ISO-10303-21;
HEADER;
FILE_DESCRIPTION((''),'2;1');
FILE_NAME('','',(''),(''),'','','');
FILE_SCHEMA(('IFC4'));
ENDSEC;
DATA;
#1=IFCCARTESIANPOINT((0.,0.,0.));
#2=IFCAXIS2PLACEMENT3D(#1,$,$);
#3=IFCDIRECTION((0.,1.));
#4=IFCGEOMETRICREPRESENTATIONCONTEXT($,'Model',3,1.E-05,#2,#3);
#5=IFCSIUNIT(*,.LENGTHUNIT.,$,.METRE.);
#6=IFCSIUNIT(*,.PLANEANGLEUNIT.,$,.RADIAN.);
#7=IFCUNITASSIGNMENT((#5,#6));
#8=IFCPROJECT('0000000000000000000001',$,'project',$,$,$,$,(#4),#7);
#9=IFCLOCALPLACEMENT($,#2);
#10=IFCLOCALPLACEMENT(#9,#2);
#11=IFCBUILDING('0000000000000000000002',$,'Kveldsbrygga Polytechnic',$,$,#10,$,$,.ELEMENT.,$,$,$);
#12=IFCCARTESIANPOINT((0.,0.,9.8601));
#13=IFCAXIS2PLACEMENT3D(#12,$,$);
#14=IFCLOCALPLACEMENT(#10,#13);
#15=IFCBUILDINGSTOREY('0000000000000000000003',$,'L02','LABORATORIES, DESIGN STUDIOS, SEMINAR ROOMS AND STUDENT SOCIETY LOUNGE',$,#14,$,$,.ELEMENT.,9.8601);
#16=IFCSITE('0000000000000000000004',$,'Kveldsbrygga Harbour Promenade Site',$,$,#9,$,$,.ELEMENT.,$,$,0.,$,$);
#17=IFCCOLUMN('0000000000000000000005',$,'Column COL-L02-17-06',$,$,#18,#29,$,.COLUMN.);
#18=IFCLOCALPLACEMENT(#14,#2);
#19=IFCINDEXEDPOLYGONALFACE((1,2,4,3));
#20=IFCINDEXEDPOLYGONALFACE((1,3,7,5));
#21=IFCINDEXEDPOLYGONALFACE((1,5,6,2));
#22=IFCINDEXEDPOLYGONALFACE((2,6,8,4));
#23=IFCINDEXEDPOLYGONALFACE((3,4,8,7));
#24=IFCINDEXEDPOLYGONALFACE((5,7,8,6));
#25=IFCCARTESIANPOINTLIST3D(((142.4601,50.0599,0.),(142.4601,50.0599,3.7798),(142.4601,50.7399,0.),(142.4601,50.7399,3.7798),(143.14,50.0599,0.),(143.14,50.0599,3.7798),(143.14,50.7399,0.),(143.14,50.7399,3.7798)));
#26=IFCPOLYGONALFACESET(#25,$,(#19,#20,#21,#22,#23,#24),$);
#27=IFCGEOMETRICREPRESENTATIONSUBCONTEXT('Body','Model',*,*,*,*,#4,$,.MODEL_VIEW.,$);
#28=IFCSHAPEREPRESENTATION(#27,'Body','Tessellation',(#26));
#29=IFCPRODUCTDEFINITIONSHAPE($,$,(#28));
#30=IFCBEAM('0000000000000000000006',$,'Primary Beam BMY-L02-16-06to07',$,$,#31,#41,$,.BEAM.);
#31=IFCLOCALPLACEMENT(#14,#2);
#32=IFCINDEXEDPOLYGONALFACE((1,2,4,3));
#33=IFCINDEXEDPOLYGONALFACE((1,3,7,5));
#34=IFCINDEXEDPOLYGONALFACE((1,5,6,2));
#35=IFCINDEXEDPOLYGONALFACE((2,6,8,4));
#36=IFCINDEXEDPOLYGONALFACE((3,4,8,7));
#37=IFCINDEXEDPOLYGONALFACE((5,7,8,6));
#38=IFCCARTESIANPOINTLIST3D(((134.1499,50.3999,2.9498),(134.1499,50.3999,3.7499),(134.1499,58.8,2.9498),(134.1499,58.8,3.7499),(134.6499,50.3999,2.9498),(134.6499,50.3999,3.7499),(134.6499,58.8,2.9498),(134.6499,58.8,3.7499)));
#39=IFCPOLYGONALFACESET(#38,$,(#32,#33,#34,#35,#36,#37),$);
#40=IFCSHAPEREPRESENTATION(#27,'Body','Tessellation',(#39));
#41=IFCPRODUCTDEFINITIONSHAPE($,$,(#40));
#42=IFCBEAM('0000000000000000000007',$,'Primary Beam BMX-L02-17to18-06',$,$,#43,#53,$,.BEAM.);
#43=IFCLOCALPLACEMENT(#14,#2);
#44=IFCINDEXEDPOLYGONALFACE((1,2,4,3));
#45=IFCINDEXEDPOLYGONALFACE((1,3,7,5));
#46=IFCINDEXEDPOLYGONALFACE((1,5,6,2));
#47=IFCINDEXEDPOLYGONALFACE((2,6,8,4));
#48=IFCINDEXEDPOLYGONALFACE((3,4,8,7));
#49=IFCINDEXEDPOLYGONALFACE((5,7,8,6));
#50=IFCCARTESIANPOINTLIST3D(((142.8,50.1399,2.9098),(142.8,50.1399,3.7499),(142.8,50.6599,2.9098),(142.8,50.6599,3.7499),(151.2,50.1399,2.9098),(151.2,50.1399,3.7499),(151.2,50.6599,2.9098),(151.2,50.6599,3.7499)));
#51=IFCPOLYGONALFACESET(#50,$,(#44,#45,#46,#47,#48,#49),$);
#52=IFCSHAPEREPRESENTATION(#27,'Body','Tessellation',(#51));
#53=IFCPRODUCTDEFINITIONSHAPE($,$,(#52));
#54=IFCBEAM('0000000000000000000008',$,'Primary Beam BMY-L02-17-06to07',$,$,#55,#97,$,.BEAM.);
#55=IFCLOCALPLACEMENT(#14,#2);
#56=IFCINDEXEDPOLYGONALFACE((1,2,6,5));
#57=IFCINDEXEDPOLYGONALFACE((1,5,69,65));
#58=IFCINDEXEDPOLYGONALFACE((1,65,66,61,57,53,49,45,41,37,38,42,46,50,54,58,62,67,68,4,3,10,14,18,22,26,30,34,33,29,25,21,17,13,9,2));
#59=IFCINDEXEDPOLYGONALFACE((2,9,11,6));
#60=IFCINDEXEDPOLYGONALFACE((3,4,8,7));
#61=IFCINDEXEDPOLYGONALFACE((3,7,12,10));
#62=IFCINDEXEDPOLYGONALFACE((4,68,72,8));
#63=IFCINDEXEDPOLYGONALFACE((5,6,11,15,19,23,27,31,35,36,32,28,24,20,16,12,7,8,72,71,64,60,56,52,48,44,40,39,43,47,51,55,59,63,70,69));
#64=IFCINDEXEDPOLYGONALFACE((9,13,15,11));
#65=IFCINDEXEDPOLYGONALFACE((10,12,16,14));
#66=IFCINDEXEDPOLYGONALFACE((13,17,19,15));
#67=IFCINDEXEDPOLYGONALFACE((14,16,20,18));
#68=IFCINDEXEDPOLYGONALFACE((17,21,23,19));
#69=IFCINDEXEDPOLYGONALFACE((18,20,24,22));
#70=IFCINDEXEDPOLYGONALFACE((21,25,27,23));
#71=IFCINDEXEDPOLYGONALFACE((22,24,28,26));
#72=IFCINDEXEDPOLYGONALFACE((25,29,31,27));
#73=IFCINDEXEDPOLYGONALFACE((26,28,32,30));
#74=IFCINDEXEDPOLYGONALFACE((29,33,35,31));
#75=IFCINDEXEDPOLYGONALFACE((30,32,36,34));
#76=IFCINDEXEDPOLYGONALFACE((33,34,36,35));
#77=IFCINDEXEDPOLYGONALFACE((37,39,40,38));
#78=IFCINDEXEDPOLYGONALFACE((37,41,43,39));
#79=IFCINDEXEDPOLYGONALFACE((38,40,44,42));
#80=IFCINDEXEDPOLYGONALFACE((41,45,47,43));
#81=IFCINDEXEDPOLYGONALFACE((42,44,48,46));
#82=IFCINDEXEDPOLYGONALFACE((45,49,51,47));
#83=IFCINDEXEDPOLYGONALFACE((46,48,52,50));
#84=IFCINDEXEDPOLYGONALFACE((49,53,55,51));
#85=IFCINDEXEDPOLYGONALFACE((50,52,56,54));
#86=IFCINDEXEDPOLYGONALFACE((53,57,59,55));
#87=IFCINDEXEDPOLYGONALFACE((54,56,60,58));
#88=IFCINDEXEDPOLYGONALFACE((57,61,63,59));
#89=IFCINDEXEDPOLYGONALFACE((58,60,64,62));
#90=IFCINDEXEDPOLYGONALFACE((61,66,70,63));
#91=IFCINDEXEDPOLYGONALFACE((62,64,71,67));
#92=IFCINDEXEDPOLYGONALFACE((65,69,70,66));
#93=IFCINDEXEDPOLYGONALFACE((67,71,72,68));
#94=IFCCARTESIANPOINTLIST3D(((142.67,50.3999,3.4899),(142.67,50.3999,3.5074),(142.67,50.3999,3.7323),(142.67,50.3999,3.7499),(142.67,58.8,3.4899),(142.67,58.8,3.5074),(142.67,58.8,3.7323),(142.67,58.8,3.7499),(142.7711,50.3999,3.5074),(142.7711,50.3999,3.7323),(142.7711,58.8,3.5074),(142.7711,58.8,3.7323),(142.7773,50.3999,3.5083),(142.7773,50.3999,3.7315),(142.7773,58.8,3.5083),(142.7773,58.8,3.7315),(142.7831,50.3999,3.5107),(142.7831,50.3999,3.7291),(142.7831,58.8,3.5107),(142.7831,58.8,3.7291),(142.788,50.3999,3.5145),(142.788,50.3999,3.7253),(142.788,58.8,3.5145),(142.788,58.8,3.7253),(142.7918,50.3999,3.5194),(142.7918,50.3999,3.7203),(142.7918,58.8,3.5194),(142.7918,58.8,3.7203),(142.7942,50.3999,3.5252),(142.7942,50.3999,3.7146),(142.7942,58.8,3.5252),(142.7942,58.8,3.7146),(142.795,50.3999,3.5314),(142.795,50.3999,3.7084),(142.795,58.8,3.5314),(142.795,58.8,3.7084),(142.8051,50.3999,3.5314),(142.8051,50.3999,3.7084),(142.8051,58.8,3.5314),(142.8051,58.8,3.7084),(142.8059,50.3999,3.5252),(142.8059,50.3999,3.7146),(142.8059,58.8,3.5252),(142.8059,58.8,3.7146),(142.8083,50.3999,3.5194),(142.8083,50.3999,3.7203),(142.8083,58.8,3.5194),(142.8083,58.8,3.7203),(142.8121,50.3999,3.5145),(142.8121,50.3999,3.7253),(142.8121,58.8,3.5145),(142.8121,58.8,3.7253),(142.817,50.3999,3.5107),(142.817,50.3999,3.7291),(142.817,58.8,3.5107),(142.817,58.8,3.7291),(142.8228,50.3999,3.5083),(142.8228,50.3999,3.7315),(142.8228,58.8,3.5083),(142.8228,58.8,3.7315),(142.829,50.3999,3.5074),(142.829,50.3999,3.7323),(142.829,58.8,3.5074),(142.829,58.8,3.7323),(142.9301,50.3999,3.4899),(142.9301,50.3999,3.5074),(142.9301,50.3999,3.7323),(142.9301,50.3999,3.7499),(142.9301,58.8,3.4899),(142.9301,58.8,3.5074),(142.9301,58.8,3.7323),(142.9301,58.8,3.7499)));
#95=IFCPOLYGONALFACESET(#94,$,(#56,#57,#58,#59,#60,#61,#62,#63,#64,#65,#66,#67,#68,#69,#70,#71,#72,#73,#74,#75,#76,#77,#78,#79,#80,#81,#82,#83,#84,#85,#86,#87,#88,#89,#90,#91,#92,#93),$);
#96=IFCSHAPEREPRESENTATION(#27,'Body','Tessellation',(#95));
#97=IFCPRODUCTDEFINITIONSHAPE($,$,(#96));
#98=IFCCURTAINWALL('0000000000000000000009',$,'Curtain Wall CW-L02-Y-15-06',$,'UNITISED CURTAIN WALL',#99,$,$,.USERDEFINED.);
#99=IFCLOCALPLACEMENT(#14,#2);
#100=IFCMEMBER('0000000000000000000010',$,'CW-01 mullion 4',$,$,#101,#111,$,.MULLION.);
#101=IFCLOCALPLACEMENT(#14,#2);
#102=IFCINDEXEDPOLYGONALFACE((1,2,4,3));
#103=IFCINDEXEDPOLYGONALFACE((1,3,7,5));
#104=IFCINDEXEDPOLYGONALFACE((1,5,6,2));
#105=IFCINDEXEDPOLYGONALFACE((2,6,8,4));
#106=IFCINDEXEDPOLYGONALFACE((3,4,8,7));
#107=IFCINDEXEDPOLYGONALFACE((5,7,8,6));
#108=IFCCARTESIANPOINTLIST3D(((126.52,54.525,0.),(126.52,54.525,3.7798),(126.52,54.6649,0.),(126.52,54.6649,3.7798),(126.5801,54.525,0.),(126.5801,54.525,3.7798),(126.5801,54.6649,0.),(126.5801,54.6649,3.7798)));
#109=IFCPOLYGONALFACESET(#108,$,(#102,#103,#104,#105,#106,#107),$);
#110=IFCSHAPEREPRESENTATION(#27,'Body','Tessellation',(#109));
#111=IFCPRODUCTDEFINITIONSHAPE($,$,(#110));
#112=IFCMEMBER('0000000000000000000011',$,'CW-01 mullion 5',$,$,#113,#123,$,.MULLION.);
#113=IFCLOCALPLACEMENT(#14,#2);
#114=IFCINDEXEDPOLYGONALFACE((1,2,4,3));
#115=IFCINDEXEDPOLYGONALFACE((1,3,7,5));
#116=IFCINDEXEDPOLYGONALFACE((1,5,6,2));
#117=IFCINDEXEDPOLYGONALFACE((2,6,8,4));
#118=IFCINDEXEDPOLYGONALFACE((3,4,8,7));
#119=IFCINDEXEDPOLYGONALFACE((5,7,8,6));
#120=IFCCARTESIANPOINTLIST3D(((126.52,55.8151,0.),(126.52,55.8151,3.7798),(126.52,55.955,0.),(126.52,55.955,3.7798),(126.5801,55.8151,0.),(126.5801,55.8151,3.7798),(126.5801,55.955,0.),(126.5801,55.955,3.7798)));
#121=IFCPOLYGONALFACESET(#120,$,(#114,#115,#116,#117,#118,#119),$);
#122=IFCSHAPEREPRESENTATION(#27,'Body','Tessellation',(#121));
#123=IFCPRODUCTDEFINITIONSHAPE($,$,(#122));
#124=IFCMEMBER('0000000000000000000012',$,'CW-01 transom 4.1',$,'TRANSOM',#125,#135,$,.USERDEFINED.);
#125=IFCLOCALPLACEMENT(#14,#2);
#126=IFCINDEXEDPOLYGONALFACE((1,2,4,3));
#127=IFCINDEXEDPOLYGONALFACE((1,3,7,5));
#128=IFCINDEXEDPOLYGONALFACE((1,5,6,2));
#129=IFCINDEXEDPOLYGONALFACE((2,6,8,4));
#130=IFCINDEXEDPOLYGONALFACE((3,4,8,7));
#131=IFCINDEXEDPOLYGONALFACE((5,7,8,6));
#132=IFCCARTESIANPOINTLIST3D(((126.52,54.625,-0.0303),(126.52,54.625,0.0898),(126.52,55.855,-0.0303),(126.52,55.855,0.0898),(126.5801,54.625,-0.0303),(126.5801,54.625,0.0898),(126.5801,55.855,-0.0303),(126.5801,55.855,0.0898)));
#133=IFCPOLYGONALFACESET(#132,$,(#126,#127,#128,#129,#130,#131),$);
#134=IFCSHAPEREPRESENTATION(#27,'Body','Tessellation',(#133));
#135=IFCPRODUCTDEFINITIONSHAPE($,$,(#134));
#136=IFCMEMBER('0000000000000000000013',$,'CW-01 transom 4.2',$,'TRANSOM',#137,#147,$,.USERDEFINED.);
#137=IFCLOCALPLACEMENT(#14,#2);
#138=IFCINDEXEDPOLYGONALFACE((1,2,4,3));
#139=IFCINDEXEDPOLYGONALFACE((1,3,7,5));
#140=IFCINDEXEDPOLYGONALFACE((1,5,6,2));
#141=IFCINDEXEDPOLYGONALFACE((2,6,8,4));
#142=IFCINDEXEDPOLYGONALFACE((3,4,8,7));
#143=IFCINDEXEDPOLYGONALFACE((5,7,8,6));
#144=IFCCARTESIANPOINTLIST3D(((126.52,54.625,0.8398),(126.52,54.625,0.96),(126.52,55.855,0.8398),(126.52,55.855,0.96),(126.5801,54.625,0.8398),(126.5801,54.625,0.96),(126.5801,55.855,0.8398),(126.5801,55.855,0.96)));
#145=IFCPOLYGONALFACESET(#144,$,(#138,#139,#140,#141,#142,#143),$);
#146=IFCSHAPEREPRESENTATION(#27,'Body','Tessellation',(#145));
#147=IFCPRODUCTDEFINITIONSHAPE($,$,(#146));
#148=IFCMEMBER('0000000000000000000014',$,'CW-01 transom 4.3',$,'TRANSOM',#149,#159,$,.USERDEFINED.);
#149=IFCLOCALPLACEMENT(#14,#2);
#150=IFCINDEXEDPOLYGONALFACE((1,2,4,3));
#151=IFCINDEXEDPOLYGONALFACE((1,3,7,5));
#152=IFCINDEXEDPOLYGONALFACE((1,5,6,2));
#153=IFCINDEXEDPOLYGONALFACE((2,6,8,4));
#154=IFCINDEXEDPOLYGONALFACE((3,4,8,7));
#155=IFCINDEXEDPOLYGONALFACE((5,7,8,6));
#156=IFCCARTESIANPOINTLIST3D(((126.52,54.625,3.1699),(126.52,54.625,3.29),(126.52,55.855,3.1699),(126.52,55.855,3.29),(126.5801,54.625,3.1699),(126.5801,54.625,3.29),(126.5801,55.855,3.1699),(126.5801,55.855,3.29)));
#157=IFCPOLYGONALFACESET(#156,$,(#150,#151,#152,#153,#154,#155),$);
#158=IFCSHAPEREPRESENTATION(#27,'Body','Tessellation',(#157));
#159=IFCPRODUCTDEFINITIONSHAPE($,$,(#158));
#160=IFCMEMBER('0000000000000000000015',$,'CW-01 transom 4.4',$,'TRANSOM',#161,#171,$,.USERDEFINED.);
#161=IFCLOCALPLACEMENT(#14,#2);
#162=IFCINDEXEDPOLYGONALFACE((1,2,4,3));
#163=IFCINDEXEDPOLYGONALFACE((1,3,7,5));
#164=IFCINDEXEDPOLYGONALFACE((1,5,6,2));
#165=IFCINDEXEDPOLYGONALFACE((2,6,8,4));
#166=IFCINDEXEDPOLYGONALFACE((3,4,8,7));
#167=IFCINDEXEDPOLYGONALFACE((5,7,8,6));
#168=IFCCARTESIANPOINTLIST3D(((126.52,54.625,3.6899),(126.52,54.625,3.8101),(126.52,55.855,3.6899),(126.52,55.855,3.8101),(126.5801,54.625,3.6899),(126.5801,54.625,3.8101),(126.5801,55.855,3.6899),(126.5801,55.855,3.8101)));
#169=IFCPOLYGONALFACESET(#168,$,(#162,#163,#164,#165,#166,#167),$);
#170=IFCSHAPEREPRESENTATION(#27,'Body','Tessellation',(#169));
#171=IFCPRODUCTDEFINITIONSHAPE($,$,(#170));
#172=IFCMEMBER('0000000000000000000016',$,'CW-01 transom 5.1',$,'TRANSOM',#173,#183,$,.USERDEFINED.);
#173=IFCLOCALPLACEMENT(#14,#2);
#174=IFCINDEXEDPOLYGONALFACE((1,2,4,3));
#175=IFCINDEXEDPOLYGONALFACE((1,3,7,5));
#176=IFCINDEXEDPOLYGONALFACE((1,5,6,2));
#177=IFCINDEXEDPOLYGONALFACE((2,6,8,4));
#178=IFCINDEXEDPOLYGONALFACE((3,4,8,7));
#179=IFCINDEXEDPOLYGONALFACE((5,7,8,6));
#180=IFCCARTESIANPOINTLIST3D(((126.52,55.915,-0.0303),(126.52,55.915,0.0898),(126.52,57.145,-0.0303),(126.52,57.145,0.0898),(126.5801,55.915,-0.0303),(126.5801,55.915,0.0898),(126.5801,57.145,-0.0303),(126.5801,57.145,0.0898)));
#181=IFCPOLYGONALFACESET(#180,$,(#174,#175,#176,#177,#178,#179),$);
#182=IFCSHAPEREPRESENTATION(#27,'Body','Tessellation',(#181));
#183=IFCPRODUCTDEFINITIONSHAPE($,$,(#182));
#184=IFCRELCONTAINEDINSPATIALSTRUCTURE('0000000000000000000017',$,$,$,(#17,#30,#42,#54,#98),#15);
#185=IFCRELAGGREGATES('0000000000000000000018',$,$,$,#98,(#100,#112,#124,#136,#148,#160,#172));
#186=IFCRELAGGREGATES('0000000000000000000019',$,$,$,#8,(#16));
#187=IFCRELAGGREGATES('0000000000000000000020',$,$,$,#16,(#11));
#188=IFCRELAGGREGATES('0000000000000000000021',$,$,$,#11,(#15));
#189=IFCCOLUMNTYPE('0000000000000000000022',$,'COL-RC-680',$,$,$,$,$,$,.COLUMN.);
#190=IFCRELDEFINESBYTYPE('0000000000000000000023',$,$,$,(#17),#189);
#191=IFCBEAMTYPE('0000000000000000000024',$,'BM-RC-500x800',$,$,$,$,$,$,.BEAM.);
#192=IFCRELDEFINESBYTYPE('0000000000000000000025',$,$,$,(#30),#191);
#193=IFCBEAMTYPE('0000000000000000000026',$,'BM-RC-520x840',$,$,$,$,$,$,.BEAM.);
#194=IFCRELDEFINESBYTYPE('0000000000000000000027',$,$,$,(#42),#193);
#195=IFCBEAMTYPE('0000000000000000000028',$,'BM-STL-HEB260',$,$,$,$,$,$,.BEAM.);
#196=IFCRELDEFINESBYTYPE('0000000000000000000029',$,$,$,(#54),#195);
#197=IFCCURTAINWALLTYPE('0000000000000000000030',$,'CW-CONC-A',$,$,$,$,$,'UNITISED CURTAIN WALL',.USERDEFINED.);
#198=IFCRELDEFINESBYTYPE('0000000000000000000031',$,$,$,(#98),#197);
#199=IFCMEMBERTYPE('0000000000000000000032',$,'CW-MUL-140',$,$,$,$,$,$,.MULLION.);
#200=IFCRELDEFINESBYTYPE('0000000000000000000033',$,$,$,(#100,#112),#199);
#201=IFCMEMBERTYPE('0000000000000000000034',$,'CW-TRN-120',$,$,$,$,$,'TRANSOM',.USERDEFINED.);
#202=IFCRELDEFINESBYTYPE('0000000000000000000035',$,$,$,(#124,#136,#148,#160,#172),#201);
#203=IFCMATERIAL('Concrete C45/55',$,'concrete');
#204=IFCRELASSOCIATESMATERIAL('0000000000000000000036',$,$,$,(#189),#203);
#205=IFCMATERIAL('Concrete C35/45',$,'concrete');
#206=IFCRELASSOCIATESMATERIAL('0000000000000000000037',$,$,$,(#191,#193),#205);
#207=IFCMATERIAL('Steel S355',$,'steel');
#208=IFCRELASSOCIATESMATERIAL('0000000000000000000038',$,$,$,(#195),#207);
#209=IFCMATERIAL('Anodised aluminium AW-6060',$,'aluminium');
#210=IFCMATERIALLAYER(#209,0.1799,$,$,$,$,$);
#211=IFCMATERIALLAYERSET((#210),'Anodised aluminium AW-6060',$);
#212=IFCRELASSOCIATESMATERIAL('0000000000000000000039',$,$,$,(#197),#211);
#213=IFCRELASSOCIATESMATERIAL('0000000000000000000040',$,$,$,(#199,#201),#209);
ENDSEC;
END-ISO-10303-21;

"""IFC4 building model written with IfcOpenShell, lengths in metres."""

from ifc_helpers import new_model, si_unit, direction, frame, origin, origin_2d, place, context, subcontext, project, spatial, rectangle, i_section, extrude, material, layer, layer_set, material_profile, profile_set, type_object, element, aggregate, save


model = new_model("IFC4")

# Units and contexts
model_context = context("Model", 3, precision=1e-05, world=origin(), true_north=direction((0.0, 1.0)))
body_context = subcontext(model_context, "Body", "Model", "MODEL_VIEW")
ifc_project = project(units=[si_unit("LENGTHUNIT", "METRE"), si_unit("PLANEANGLEUNIT", "RADIAN")], contexts=[model_context])

# Site, building, storey
site_placement = place(None, origin())
site = spatial("IfcSite", under=ifc_project, at=site_placement, Name="Kveldsbrygga Harbour Promenade Site", CompositionType="ELEMENT", RefElevation=0.0)
building_placement = place(site_placement, origin())
building = spatial("IfcBuilding", under=site, at=building_placement, Name="Kveldsbrygga Polytechnic", CompositionType="ELEMENT")
storey_placement = place(building_placement, frame((0.0, 0.0, 9.8601)))
storey = spatial("IfcBuildingStorey", under=building, at=storey_placement, Name="L02", Description="LABORATORIES, DESIGN STUDIOS, SEMINAR ROOMS AND STUDENT SOCIETY LOUNGE", CompositionType="ELEMENT", Elevation=9.8601)

# Column
ifc_material_1 = material(Name="Concrete C45/55", Category="concrete")
ifc_material_profile_1 = material_profile(ifc_material_1, rectangle(XDim=0.6799, YDim=0.6799, at=origin_2d()), Name="RC 680x680")
ifc_profile_set_1 = profile_set([ifc_material_profile_1], Name="Concrete C45/55")
column_type = type_object("IfcColumnType", Name="COL-RC-680", PredefinedType="COLUMN", material=ifc_profile_set_1)
column_placement = place(storey_placement, frame((142.8, 50.3999, 0.0), z_axis=(0.0, 0.0, 1.0), x_axis=(1.0, 0.0, 0.0)))
element("IfcColumn", 1, at=column_placement, inside=storey, type_object=column_type, Name="Column COL-L02-17-06", PredefinedType="COLUMN", context=body_context, shape_type="SweptSolid", body=[
    extrude(rectangle(XDim=0.6799, YDim=0.6799, at=origin_2d()), origin(), (0.0, 0.0, 1.0), 3.7798),
])

# Beams
ifc_material_2 = material(Name="Concrete C35/45", Category="concrete")
ifc_material_profile_2 = material_profile(ifc_material_2, rectangle(XDim=0.5, YDim=0.8, at=origin_2d()), Name="RC 500x800")
ifc_profile_set_2 = profile_set([ifc_material_profile_2], Name="Concrete C35/45")
beam_type_1 = type_object("IfcBeamType", Name="BM-RC-500x800", PredefinedType="BEAM", material=ifc_profile_set_2)
beam_1_placement = place(storey_placement, frame((134.3999, 50.3999, 3.3499), z_axis=(0.0, 1.0, 0.0), x_axis=(-1.0, 0.0, 0.0)))
element("IfcBeam", 2, at=beam_1_placement, inside=storey, type_object=beam_type_1, Name="Primary Beam BMY-L02-16-06to07", PredefinedType="BEAM", context=body_context, shape_type="SweptSolid", body=[
    extrude(rectangle(XDim=0.5, YDim=0.8, at=origin_2d()), origin(), (0.0, 0.0, 1.0), 8.4001),
])
ifc_material_profile_3 = material_profile(ifc_material_2, rectangle(XDim=0.52, YDim=0.8401, at=origin_2d()), Name="RC 520x840")
ifc_profile_set_3 = profile_set([ifc_material_profile_3], Name="Concrete C35/45")
beam_type_2 = type_object("IfcBeamType", Name="BM-RC-520x840", PredefinedType="BEAM", material=ifc_profile_set_3)
beam_2_placement = place(storey_placement, frame((142.8, 50.3999, 3.3298), z_axis=(1.0, 0.0, 0.0), x_axis=(0.0, 1.0, 0.0)))
element("IfcBeam", 3, at=beam_2_placement, inside=storey, type_object=beam_type_2, Name="Primary Beam BMX-L02-17to18-06", PredefinedType="BEAM", context=body_context, shape_type="SweptSolid", body=[
    extrude(rectangle(XDim=0.52, YDim=0.8401, at=origin_2d()), origin(), (0.0, 0.0, 1.0), 8.3999),
])
ifc_material_3 = material(Name="Steel S355", Category="steel")
ifc_material_profile_4 = material_profile(ifc_material_3, i_section(OverallWidth=0.26, OverallDepth=0.26, WebThickness=0.01, FlangeThickness=0.0176, FilletRadius=0.0239, at=origin_2d()), Name="HEB 260")
ifc_profile_set_4 = profile_set([ifc_material_profile_4], Name="Steel S355")
beam_type_3 = type_object("IfcBeamType", Name="BM-STL-HEB260", PredefinedType="BEAM", material=ifc_profile_set_4)
beam_3_placement = place(storey_placement, frame((142.8, 50.3999, 3.6199), z_axis=(0.0, 1.0, 0.0), x_axis=(-1.0, 0.0, 0.0)))
element("IfcBeam", 4, at=beam_3_placement, inside=storey, type_object=beam_type_3, Name="Primary Beam BMY-L02-17-06to07", PredefinedType="BEAM", context=body_context, shape_type="SweptSolid", body=[
    extrude(i_section(OverallWidth=0.26, OverallDepth=0.26, WebThickness=0.01, FlangeThickness=0.0176, FilletRadius=0.0239, at=origin_2d()), origin(), (0.0, 0.0, 1.0), 8.4001),
])

# Curtain wall, members
ifc_material_4 = material(Name="Anodised aluminium AW-6060", Category="aluminium")
ifc_layer_1 = layer(ifc_material_4, 0.1799)
ifc_layer_set_1 = layer_set([ifc_layer_1], Name="Anodised aluminium AW-6060")
curtain_wall_type = type_object("IfcCurtainWallType", Name="CW-CONC-A", ElementType="UNITISED CURTAIN WALL", PredefinedType="USERDEFINED", material=ifc_layer_set_1)
curtain_wall_placement = place(storey_placement, origin())
curtain_wall = element("IfcCurtainWall", 5, at=curtain_wall_placement, inside=storey, type_object=curtain_wall_type, Name="Curtain Wall CW-L02-Y-15-06", ObjectType="UNITISED CURTAIN WALL", PredefinedType="USERDEFINED")
ifc_material_profile_5 = material_profile(ifc_material_4, rectangle(XDim=0.0601, YDim=0.1399, at=origin_2d()), Name="ALU 60x140")
ifc_profile_set_5 = profile_set([ifc_material_profile_5], Name="Anodised aluminium AW-6060")
member_type_1 = type_object("IfcMemberType", Name="CW-MUL-140", PredefinedType="MULLION", material=ifc_profile_set_5)
member_1_placement = place(storey_placement, frame((126.55, 54.595, 0.0), z_axis=(0.0, 0.0, 1.0), x_axis=(-1.0, 0.0, 0.0)))
member_1 = element("IfcMember", 6, at=member_1_placement, type_object=member_type_1, Name="CW-01 mullion 4", PredefinedType="MULLION", context=body_context, shape_type="SweptSolid", body=[
    extrude(rectangle(XDim=0.0601, YDim=0.1399, at=origin_2d()), origin(), (0.0, 0.0, 1.0), 3.7798),
])
member_2_placement = place(storey_placement, frame((126.55, 55.885, 0.0), z_axis=(0.0, 0.0, 1.0), x_axis=(-1.0, 0.0, 0.0)))
member_2 = element("IfcMember", 7, at=member_2_placement, type_object=member_type_1, Name="CW-01 mullion 5", PredefinedType="MULLION", context=body_context, shape_type="SweptSolid", body=[
    extrude(rectangle(XDim=0.0601, YDim=0.1399, at=origin_2d()), origin(), (0.0, 0.0, 1.0), 3.7798),
])
ifc_material_profile_6 = material_profile(ifc_material_4, rectangle(XDim=0.0601, YDim=0.1201, at=origin_2d()), Name="ALU 60x120")
ifc_profile_set_6 = profile_set([ifc_material_profile_6], Name="Anodised aluminium AW-6060")
member_type_2 = type_object("IfcMemberType", Name="CW-TRN-120", ElementType="TRANSOM", PredefinedType="USERDEFINED", material=ifc_profile_set_6)
member_3_placement = place(storey_placement, frame((126.55, 54.625, 0.0298), z_axis=(0.0, 1.0, 0.0), x_axis=(-1.0, 0.0, 0.0)))
member_3 = element("IfcMember", 8, at=member_3_placement, type_object=member_type_2, Name="CW-01 transom 4.1", ObjectType="TRANSOM", PredefinedType="USERDEFINED", context=body_context, shape_type="SweptSolid", body=[
    extrude(rectangle(XDim=0.0601, YDim=0.1201, at=origin_2d()), origin(), (0.0, 0.0, 1.0), 1.23),
])
member_4_placement = place(storey_placement, frame((126.55, 54.625, 0.8999), z_axis=(0.0, 1.0, 0.0), x_axis=(-1.0, 0.0, 0.0)))
member_4 = element("IfcMember", 9, at=member_4_placement, type_object=member_type_2, Name="CW-01 transom 4.2", ObjectType="TRANSOM", PredefinedType="USERDEFINED", context=body_context, shape_type="SweptSolid", body=[
    extrude(rectangle(XDim=0.0601, YDim=0.1201, at=origin_2d()), origin(), (0.0, 0.0, 1.0), 1.23),
])
member_5_placement = place(storey_placement, frame((126.55, 54.625, 3.23), z_axis=(0.0, 1.0, 0.0), x_axis=(-1.0, 0.0, 0.0)))
member_5 = element("IfcMember", 10, at=member_5_placement, type_object=member_type_2, Name="CW-01 transom 4.3", ObjectType="TRANSOM", PredefinedType="USERDEFINED", context=body_context, shape_type="SweptSolid", body=[
    extrude(rectangle(XDim=0.0601, YDim=0.1201, at=origin_2d()), origin(), (0.0, 0.0, 1.0), 1.23),
])
member_6_placement = place(storey_placement, frame((126.55, 54.625, 3.75), z_axis=(0.0, 1.0, 0.0), x_axis=(-1.0, 0.0, 0.0)))
member_6 = element("IfcMember", 11, at=member_6_placement, type_object=member_type_2, Name="CW-01 transom 4.4", ObjectType="TRANSOM", PredefinedType="USERDEFINED", context=body_context, shape_type="SweptSolid", body=[
    extrude(rectangle(XDim=0.0601, YDim=0.1201, at=origin_2d()), origin(), (0.0, 0.0, 1.0), 1.23),
])
member_7_placement = place(storey_placement, frame((126.55, 55.915, 0.0298), z_axis=(0.0, 1.0, 0.0), x_axis=(-1.0, 0.0, 0.0)))
member_7 = element("IfcMember", 12, at=member_7_placement, type_object=member_type_2, Name="CW-01 transom 5.1", ObjectType="TRANSOM", PredefinedType="USERDEFINED", context=body_context, shape_type="SweptSolid", body=[
    extrude(rectangle(XDim=0.0601, YDim=0.1201, at=origin_2d()), origin(), (0.0, 0.0, 1.0), 1.23),
])

aggregate(curtain_wall, [member_1, member_2, member_3, member_4, member_5, member_6, member_7])

save(model, "model.ifc")
